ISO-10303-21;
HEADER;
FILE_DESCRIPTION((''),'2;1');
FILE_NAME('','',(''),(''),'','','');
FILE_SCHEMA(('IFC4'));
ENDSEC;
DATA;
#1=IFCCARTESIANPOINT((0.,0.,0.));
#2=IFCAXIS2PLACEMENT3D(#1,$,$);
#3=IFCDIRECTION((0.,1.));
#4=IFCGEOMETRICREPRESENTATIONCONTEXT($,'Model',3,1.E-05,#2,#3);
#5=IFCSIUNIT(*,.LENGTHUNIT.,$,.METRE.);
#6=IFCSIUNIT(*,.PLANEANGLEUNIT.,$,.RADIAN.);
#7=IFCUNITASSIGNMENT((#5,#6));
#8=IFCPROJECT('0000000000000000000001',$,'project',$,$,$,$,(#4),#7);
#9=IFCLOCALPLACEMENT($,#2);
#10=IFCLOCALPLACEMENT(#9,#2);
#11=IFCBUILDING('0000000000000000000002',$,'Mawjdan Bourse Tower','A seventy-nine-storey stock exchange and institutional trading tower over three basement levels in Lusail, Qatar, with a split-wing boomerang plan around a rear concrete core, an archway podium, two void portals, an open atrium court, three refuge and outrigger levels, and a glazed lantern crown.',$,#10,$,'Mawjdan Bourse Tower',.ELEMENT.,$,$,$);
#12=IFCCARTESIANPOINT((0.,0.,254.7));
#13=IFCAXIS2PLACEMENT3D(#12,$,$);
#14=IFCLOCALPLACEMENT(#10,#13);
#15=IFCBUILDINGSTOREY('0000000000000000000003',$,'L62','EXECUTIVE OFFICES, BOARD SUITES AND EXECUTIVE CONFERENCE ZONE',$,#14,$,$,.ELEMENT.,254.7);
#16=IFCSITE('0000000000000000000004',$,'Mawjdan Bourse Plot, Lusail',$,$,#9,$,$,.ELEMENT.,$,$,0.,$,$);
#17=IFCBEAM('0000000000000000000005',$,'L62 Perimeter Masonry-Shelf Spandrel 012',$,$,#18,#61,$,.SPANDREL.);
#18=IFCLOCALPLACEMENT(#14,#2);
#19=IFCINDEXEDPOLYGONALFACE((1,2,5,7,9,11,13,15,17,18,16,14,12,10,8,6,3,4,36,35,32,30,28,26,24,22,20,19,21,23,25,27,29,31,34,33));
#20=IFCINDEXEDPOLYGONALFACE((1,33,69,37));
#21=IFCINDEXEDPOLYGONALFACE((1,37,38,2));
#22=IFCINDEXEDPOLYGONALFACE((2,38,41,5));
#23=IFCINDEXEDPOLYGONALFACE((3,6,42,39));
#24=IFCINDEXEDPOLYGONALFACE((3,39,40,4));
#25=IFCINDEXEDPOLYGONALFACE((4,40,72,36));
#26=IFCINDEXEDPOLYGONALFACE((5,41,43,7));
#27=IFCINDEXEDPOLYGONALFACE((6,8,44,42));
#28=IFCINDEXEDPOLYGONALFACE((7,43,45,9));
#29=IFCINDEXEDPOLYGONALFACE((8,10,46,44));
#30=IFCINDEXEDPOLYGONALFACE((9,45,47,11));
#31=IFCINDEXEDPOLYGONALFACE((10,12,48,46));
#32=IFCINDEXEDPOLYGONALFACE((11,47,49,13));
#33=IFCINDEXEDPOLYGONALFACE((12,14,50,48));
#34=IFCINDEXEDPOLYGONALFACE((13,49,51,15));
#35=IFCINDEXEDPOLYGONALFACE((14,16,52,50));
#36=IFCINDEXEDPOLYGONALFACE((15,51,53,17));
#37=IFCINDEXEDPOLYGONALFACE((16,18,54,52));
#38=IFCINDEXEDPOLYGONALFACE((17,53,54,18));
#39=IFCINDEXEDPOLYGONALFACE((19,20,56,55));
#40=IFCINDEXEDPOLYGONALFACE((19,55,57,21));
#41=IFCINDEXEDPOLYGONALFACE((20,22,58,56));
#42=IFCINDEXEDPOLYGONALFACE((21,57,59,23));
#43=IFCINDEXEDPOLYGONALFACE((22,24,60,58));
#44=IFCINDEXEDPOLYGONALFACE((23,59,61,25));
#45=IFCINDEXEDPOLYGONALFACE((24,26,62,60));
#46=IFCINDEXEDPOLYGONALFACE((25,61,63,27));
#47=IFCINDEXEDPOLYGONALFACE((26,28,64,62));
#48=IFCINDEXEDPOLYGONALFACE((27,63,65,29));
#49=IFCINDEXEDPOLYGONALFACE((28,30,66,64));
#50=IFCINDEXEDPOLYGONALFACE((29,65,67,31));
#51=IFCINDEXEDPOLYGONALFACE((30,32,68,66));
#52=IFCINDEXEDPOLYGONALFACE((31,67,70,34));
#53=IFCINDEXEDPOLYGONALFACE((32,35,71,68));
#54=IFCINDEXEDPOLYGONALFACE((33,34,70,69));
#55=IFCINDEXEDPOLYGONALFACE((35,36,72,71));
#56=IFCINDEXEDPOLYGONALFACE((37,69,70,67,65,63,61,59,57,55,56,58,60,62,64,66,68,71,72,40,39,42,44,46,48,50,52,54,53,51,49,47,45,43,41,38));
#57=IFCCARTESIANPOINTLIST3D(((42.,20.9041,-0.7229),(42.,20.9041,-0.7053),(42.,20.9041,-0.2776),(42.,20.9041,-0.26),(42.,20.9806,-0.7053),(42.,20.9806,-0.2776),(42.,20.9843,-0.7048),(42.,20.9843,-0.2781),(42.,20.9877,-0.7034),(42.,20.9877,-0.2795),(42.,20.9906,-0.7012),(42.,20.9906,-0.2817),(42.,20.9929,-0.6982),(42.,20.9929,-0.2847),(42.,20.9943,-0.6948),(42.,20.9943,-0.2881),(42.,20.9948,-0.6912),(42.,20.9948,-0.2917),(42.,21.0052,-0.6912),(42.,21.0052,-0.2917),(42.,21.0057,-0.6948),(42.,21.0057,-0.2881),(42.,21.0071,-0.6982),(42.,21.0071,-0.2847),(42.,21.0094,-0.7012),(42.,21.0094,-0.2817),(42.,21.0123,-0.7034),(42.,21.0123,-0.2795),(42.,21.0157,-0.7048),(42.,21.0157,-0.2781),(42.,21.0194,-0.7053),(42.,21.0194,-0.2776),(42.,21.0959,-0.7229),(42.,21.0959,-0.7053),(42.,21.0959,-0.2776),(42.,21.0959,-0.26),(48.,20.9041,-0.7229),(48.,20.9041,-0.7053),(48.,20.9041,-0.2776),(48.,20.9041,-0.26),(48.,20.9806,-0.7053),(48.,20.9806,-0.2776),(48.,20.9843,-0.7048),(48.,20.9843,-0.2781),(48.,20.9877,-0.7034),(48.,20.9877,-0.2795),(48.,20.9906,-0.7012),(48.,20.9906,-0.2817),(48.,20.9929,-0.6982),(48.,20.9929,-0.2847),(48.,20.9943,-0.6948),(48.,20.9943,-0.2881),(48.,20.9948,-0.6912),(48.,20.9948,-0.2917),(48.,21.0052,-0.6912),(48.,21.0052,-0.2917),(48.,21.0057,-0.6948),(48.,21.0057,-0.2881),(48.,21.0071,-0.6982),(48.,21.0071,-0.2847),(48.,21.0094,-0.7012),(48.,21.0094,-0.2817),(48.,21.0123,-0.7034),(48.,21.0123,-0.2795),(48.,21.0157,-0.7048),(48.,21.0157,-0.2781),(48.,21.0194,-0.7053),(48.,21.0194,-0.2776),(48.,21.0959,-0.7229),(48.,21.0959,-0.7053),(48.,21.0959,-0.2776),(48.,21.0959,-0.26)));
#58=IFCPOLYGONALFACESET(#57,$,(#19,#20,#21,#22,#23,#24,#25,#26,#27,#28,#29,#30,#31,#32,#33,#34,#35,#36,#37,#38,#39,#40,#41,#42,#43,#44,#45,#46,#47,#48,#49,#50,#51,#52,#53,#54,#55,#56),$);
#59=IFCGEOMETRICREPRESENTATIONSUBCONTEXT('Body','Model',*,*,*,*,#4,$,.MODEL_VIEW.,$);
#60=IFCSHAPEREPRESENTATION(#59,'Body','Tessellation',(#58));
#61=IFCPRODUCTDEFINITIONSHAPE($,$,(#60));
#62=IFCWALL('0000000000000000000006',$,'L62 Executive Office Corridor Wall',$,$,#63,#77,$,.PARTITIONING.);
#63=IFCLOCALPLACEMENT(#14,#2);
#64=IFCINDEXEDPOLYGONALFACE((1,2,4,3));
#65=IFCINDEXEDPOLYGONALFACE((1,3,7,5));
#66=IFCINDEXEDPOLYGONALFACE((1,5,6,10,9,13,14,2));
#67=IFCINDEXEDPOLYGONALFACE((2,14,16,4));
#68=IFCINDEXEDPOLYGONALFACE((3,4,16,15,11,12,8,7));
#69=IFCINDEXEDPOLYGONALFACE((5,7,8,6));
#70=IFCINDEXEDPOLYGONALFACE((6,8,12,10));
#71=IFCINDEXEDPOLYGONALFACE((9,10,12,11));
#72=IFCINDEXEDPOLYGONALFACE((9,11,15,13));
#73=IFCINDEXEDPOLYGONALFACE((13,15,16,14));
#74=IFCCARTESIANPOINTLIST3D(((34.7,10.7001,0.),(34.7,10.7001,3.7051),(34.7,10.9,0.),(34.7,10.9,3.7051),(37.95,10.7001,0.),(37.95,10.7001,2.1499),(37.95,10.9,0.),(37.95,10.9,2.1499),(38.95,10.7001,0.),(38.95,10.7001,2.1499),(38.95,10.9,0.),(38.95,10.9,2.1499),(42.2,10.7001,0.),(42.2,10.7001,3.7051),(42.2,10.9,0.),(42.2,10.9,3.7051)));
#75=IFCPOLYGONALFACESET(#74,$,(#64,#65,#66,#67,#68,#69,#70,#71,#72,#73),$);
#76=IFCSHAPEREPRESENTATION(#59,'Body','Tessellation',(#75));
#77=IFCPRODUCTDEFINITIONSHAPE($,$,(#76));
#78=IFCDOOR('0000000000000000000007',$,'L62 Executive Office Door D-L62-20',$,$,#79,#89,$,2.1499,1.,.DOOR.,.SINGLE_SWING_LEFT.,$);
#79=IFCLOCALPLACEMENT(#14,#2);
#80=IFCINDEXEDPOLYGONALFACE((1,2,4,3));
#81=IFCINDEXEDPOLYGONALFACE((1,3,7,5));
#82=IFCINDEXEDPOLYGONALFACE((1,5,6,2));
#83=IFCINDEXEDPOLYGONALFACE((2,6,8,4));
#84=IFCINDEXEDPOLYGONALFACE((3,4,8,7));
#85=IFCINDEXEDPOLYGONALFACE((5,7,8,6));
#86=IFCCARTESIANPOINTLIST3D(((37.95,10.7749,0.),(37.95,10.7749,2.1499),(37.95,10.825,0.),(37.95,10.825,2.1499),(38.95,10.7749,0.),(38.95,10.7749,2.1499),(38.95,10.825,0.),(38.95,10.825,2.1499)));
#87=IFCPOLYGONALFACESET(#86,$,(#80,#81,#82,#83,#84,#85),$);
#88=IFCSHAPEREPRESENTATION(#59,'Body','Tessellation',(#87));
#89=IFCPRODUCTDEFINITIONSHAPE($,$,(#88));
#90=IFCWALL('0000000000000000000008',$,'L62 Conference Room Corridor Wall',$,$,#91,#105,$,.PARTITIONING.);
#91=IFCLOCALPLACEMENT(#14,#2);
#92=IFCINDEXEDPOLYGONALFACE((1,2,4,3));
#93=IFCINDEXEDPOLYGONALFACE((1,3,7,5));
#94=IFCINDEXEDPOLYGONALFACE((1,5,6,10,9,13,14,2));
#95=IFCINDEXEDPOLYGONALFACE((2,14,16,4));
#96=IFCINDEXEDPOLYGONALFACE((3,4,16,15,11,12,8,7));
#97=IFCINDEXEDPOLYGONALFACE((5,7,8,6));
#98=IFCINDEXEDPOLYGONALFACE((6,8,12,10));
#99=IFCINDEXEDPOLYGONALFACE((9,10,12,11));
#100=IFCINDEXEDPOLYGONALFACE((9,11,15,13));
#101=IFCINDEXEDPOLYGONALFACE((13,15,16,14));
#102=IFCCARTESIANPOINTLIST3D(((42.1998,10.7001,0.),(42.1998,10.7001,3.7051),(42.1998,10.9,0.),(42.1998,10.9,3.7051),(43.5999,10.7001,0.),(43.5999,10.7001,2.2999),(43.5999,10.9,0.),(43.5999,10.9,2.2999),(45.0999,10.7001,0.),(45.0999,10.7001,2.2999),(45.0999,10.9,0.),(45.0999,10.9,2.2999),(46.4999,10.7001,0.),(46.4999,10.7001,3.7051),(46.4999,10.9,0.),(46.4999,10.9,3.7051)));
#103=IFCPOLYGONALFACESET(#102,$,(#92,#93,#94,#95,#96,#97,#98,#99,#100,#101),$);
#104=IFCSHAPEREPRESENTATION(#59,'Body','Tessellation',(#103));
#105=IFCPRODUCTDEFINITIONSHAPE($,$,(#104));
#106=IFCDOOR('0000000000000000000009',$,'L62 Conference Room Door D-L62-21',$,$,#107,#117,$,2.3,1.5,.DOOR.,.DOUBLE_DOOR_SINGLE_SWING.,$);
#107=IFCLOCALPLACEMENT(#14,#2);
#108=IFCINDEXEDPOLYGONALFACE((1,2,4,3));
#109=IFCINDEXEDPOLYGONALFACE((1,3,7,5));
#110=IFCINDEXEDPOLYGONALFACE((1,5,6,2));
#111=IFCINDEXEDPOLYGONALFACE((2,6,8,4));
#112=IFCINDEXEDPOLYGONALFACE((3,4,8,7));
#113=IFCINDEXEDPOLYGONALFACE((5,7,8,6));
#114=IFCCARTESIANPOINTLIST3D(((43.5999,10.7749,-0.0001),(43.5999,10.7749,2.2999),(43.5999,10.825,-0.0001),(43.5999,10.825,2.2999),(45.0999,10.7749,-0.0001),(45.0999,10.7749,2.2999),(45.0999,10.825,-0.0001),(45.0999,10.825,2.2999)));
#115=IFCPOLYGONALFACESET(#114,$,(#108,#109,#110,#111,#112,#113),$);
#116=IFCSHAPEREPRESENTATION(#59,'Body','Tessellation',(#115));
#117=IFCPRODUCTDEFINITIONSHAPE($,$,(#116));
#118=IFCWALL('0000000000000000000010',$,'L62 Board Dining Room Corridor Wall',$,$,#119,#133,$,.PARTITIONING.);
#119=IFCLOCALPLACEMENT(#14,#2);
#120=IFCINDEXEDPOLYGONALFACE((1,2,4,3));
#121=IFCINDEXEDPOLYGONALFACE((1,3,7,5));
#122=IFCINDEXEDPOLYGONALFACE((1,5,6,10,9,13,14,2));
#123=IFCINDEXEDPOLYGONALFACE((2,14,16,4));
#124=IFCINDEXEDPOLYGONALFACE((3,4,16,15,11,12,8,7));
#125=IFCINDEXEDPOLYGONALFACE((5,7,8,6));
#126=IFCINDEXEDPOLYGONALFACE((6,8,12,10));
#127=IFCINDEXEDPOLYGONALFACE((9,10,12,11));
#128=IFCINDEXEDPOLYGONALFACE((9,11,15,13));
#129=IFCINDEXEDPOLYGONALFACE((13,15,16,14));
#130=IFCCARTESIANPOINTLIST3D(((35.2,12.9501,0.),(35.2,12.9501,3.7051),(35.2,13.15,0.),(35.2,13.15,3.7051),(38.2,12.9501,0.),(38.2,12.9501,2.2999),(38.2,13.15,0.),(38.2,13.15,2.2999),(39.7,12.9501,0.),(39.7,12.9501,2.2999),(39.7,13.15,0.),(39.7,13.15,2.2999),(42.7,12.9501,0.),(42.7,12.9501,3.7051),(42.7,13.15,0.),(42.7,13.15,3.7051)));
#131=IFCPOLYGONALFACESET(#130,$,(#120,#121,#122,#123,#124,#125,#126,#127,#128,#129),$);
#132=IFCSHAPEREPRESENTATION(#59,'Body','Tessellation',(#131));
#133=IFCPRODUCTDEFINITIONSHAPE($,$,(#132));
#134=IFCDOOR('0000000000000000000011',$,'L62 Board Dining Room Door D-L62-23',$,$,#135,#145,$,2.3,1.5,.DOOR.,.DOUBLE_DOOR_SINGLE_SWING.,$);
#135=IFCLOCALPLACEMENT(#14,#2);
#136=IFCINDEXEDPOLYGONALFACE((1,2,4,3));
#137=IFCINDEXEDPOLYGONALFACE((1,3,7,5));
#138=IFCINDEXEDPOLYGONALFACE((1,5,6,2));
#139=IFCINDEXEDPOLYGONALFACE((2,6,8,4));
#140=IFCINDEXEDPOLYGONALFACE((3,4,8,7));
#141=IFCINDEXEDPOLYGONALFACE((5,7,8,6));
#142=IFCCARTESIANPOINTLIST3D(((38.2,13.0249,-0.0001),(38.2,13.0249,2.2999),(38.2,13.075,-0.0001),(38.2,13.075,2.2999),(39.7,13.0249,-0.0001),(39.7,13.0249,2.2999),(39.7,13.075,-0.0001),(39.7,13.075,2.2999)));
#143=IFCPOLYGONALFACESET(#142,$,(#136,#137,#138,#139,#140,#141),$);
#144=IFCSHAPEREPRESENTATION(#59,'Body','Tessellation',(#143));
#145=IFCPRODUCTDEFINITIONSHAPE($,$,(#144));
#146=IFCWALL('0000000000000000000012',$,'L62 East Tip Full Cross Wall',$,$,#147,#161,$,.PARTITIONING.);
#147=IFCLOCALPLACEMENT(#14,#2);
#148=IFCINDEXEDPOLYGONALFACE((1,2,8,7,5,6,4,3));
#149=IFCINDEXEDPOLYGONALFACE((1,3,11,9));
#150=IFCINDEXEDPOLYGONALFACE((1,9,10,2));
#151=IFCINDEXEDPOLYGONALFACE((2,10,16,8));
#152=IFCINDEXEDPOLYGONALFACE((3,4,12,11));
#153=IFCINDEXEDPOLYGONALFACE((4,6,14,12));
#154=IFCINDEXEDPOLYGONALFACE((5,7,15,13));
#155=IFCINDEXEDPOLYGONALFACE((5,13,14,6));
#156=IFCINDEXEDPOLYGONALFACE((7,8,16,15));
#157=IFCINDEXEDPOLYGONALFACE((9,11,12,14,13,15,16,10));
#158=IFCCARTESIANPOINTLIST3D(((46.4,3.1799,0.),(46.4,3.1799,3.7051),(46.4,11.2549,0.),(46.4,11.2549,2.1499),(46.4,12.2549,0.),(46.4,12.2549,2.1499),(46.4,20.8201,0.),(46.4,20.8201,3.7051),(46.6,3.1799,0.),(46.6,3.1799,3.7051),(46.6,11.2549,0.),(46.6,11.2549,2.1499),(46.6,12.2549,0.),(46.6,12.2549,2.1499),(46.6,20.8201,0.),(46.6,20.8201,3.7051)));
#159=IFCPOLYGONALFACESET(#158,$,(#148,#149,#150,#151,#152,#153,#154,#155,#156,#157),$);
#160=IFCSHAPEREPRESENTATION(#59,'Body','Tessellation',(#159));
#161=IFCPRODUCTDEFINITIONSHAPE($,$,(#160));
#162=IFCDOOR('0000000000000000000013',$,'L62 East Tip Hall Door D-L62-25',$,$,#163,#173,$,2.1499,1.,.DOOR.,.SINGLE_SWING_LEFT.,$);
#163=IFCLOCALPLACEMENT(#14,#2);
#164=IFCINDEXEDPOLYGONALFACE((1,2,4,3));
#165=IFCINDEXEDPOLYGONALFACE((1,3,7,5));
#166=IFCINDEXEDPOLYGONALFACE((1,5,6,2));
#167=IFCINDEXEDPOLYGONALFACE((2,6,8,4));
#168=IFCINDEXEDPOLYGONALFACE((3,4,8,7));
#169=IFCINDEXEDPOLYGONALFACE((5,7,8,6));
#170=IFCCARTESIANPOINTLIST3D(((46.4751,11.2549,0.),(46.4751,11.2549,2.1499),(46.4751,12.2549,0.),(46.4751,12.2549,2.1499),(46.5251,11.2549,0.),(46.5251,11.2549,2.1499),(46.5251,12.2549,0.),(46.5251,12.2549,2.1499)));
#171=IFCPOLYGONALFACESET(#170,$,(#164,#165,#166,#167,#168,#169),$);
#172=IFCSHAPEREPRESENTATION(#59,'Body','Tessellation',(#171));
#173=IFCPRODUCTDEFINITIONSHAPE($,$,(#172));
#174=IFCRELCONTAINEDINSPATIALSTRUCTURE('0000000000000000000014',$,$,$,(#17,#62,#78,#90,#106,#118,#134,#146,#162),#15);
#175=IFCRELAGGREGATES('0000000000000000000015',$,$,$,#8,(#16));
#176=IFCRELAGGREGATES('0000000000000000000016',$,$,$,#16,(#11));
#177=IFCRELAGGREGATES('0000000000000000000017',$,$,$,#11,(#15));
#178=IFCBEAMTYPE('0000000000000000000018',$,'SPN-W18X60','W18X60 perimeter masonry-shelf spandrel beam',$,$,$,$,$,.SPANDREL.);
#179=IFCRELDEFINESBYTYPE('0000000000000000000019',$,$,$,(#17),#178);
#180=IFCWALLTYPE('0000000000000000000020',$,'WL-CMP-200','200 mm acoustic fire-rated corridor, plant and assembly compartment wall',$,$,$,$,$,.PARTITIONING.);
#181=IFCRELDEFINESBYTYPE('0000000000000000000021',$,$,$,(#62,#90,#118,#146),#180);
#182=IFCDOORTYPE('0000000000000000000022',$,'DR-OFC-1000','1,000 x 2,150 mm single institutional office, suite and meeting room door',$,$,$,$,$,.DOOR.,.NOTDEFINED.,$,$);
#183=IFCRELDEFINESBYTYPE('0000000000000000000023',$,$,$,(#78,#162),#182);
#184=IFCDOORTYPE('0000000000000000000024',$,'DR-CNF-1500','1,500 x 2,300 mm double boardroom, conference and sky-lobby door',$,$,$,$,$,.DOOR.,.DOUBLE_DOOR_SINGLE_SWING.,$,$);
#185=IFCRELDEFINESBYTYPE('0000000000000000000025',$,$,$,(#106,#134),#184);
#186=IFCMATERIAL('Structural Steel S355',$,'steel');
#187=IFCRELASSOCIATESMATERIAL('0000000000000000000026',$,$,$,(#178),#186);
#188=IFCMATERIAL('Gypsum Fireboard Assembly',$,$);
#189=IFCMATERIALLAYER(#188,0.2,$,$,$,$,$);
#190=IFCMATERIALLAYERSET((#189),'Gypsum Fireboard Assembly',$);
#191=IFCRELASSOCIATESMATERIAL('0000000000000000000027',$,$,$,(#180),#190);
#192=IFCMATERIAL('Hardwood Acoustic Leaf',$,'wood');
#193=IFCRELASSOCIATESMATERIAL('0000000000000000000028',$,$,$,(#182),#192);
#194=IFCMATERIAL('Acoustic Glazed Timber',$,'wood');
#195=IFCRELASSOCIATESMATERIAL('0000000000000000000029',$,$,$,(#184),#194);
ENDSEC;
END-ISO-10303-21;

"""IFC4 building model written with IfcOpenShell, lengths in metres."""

from ifc_helpers import new_model, si_unit, direction, frame, frame_2d, origin, origin_2d, place, context, subcontext, project, spatial, rectangle, i_section, extrude, material, layer, layer_set, material_profile, profile_set, type_object, element, fill, save


model = new_model("IFC4")

# Units and contexts
model_context = context("Model", 3, precision=1e-05, world=origin(), true_north=direction((0.0, 1.0)))
body_context = subcontext(model_context, "Body", "Model", "MODEL_VIEW")
ifc_project = project(units=[si_unit("LENGTHUNIT", "METRE"), si_unit("PLANEANGLEUNIT", "RADIAN")], contexts=[model_context])

# Site, building, storey
site_placement = place(None, origin())
site = spatial("IfcSite", under=ifc_project, at=site_placement, Name="Mawjdan Bourse Plot, Lusail", CompositionType="ELEMENT", RefElevation=0.0)
building_placement = place(site_placement, origin())
building = spatial("IfcBuilding", under=site, at=building_placement, Name="Mawjdan Bourse Tower", Description="A seventy-nine-storey stock exchange and institutional trading tower over three basement levels in Lusail, Qatar, with a split-wing boomerang plan around a rear concrete core, an archway podium, two void portals, an open atrium court, three refuge and outrigger levels, and a glazed lantern crown.", LongName="Mawjdan Bourse Tower", CompositionType="ELEMENT")
storey_placement = place(building_placement, frame((0.0, 0.0, 254.7)))
storey = spatial("IfcBuildingStorey", under=building, at=storey_placement, Name="L62", Description="EXECUTIVE OFFICES, BOARD SUITES AND EXECUTIVE CONFERENCE ZONE", CompositionType="ELEMENT", Elevation=254.7)

# Beam
ifc_material_1 = material(Name="Structural Steel S355", Category="steel")
ifc_material_profile_1 = material_profile(ifc_material_1, i_section(OverallWidth=0.1919, OverallDepth=0.4629, WebThickness=0.0105, FlangeThickness=0.0176, FilletRadius=0.0142, at=origin_2d()), Name="W18X60")
ifc_profile_set_1 = profile_set([ifc_material_profile_1], Name="Structural Steel S355")
beam_type_1 = type_object("IfcBeamType", Name="SPN-W18X60", Description="W18X60 perimeter masonry-shelf spandrel beam", PredefinedType="SPANDREL", material=ifc_profile_set_1)
for number, where, z_axis, x_axis, name in (
    (1, (42.0, 21.0, -0.4915), (1.0, 0.0, 0.0), (0.0, 1.0, 0.0), "L62 Perimeter Masonry-Shelf Spandrel 012"),
):
    element("IfcBeam", number, at=place(storey_placement, frame(where, z_axis=z_axis, x_axis=x_axis)), inside=storey, type_object=beam_type_1, Name=name, PredefinedType="SPANDREL", context=body_context, shape_type="SweptSolid", body=[
        extrude(i_section(OverallWidth=0.1919, OverallDepth=0.4629, WebThickness=0.0105, FlangeThickness=0.0176, FilletRadius=0.0142, at=origin_2d()), origin(), (0.0, 0.0, 1.0), 6.0),
    ])

# Walls, openings, doors
ifc_material_2 = material(Name="Gypsum Fireboard Assembly")
ifc_layer_1 = layer(ifc_material_2, 0.2)
ifc_layer_set_1 = layer_set([ifc_layer_1], Name="Gypsum Fireboard Assembly")
wall_type_1 = type_object("IfcWallType", Name="WL-CMP-200", Description="200 mm acoustic fire-rated corridor, plant and assembly compartment wall", PredefinedType="PARTITIONING", material=ifc_layer_set_1)
wall_1_placement = place(storey_placement, frame((34.7, 10.8, 0.0), z_axis=(0.0, 0.0, 1.0), x_axis=(1.0, 0.0, 0.0)))
wall_1 = element("IfcWall", 2, at=wall_1_placement, inside=storey, type_object=wall_type_1, Name="L62 Executive Office Corridor Wall", PredefinedType="PARTITIONING", context=body_context, shape_type="SweptSolid", body=[
    extrude(rectangle(XDim=7.5, YDim=0.2, at=frame_2d((3.75, 0.0))), origin(), (0.0, 0.0, 1.0), 3.7051),
])
opening_1_placement = place(wall_1_placement, frame((3.25, 0.0, 0.0)))
opening_1 = element("IfcOpeningElement", 3, at=opening_1_placement, cuts=wall_1, PredefinedType="OPENING", context=body_context, shape_type="SweptSolid", body=[
    extrude(rectangle(XDim=1.0, YDim=2.1499, at=frame_2d((0.5, 1.075))), frame((0.0, 0.1099, 0.0), z_axis=(0.0, -1.0, 0.0), x_axis=(1.0, 0.0, 0.0)), (0.0, 0.0, 1.0), 0.22),
])
ifc_material_3 = material(Name="Hardwood Acoustic Leaf", Category="wood")
door_type_1 = type_object("IfcDoorType", Name="DR-OFC-1000", Description="1,000 x 2,150 mm single institutional office, suite and meeting room door", OperationType="NOTDEFINED", PredefinedType="DOOR", material=ifc_material_3)
door_1_placement = place(opening_1_placement, origin())
door_1 = element("IfcDoor", 4, at=door_1_placement, inside=storey, type_object=door_type_1, Name="L62 Executive Office Door D-L62-20", OperationType="SINGLE_SWING_LEFT", OverallHeight=2.1499, OverallWidth=1.0, PredefinedType="DOOR", context=body_context, shape_type="SweptSolid", body=[
    extrude(rectangle(XDim=1.0, YDim=2.1499, at=frame_2d((0.5, 1.075))), frame((0.0, 0.0249, 0.0), z_axis=(0.0, -1.0, 0.0), x_axis=(1.0, 0.0, 0.0)), (0.0, 0.0, 1.0), 0.05),
])
fill(opening_1, door_1)
wall_2_placement = place(storey_placement, frame((42.2, 10.8, 0.0), z_axis=(0.0, 0.0, 1.0), x_axis=(1.0, 0.0, 0.0)))
wall_2 = element("IfcWall", 5, at=wall_2_placement, inside=storey, type_object=wall_type_1, Name="L62 Conference Room Corridor Wall", PredefinedType="PARTITIONING", context=body_context, shape_type="SweptSolid", body=[
    extrude(rectangle(XDim=4.3, YDim=0.2, at=frame_2d((2.1499, 0.0))), origin(), (0.0, 0.0, 1.0), 3.7051),
])
opening_2_placement = place(wall_2_placement, frame((1.3999, 0.0, 0.0)))
opening_2 = element("IfcOpeningElement", 6, at=opening_2_placement, cuts=wall_2, PredefinedType="OPENING", context=body_context, shape_type="SweptSolid", body=[
    extrude(rectangle(XDim=1.5, YDim=2.3, at=frame_2d((0.75, 1.1499))), frame((0.0, 0.1099, 0.0), z_axis=(0.0, -1.0, 0.0), x_axis=(1.0, 0.0, 0.0)), (0.0, 0.0, 1.0), 0.22),
])
ifc_material_4 = material(Name="Acoustic Glazed Timber", Category="wood")
door_type_2 = type_object("IfcDoorType", Name="DR-CNF-1500", Description="1,500 x 2,300 mm double boardroom, conference and sky-lobby door", OperationType="DOUBLE_DOOR_SINGLE_SWING", PredefinedType="DOOR", material=ifc_material_4)
door_2_placement = place(opening_2_placement, origin())
door_2 = element("IfcDoor", 7, at=door_2_placement, inside=storey, type_object=door_type_2, Name="L62 Conference Room Door D-L62-21", OperationType="DOUBLE_DOOR_SINGLE_SWING", OverallHeight=2.3, OverallWidth=1.5, PredefinedType="DOOR", context=body_context, shape_type="SweptSolid", body=[
    extrude(rectangle(XDim=1.5, YDim=2.3, at=frame_2d((0.75, 1.1499))), frame((0.0, 0.0249, 0.0), z_axis=(0.0, -1.0, 0.0), x_axis=(1.0, 0.0, 0.0)), (0.0, 0.0, 1.0), 0.05),
])
fill(opening_2, door_2)
wall_3_placement = place(storey_placement, frame((35.2, 13.05, 0.0), z_axis=(0.0, 0.0, 1.0), x_axis=(1.0, 0.0, 0.0)))
wall_3 = element("IfcWall", 8, at=wall_3_placement, inside=storey, type_object=wall_type_1, Name="L62 Board Dining Room Corridor Wall", PredefinedType="PARTITIONING", context=body_context, shape_type="SweptSolid", body=[
    extrude(rectangle(XDim=7.5, YDim=0.2, at=frame_2d((3.75, 0.0))), origin(), (0.0, 0.0, 1.0), 3.7051),
])
opening_3_placement = place(wall_3_placement, frame((3.0, 0.0, 0.0)))
opening_3 = element("IfcOpeningElement", 9, at=opening_3_placement, cuts=wall_3, PredefinedType="OPENING", context=body_context, shape_type="SweptSolid", body=[
    extrude(rectangle(XDim=1.5, YDim=2.3, at=frame_2d((0.75, 1.1499))), frame((0.0, 0.1099, 0.0), z_axis=(0.0, -1.0, 0.0), x_axis=(1.0, 0.0, 0.0)), (0.0, 0.0, 1.0), 0.22),
])
door_3_placement = place(opening_3_placement, origin())
door_3 = element("IfcDoor", 10, at=door_3_placement, inside=storey, type_object=door_type_2, Name="L62 Board Dining Room Door D-L62-23", OperationType="DOUBLE_DOOR_SINGLE_SWING", OverallHeight=2.3, OverallWidth=1.5, PredefinedType="DOOR", context=body_context, shape_type="SweptSolid", body=[
    extrude(rectangle(XDim=1.5, YDim=2.3, at=frame_2d((0.75, 1.1499))), frame((0.0, 0.0249, 0.0), z_axis=(0.0, -1.0, 0.0), x_axis=(1.0, 0.0, 0.0)), (0.0, 0.0, 1.0), 0.05),
])
fill(opening_3, door_3)
wall_4_placement = place(storey_placement, frame((46.5, 3.1799, 0.0), z_axis=(0.0, 0.0, 1.0), x_axis=(0.0, 1.0, 0.0)))
wall_4 = element("IfcWall", 11, at=wall_4_placement, inside=storey, type_object=wall_type_1, Name="L62 East Tip Full Cross Wall", PredefinedType="PARTITIONING", context=body_context, shape_type="SweptSolid", body=[
    extrude(rectangle(XDim=17.6401, YDim=0.2, at=frame_2d((8.8201, 0.0))), origin(), (0.0, 0.0, 1.0), 3.7051),
])
opening_4_placement = place(wall_4_placement, frame((8.075, 0.0, 0.0)))
opening_4 = element("IfcOpeningElement", 12, at=opening_4_placement, cuts=wall_4, PredefinedType="OPENING", context=body_context, shape_type="SweptSolid", body=[
    extrude(rectangle(XDim=1.0, YDim=2.1499, at=frame_2d((0.5, 1.075))), frame((0.0, 0.1099, 0.0), z_axis=(0.0, -1.0, 0.0), x_axis=(1.0, 0.0, 0.0)), (0.0, 0.0, 1.0), 0.22),
])
door_4_placement = place(opening_4_placement, origin())
door_4 = element("IfcDoor", 13, at=door_4_placement, inside=storey, type_object=door_type_1, Name="L62 East Tip Hall Door D-L62-25", OperationType="SINGLE_SWING_LEFT", OverallHeight=2.1499, OverallWidth=1.0, PredefinedType="DOOR", context=body_context, shape_type="SweptSolid", body=[
    extrude(rectangle(XDim=1.0, YDim=2.1499, at=frame_2d((0.5, 1.075))), frame((0.0, 0.0249, 0.0), z_axis=(0.0, -1.0, 0.0), x_axis=(1.0, 0.0, 0.0)), (0.0, 0.0, 1.0), 0.05),
])
fill(opening_4, door_4)

save(model, "model.ifc")
